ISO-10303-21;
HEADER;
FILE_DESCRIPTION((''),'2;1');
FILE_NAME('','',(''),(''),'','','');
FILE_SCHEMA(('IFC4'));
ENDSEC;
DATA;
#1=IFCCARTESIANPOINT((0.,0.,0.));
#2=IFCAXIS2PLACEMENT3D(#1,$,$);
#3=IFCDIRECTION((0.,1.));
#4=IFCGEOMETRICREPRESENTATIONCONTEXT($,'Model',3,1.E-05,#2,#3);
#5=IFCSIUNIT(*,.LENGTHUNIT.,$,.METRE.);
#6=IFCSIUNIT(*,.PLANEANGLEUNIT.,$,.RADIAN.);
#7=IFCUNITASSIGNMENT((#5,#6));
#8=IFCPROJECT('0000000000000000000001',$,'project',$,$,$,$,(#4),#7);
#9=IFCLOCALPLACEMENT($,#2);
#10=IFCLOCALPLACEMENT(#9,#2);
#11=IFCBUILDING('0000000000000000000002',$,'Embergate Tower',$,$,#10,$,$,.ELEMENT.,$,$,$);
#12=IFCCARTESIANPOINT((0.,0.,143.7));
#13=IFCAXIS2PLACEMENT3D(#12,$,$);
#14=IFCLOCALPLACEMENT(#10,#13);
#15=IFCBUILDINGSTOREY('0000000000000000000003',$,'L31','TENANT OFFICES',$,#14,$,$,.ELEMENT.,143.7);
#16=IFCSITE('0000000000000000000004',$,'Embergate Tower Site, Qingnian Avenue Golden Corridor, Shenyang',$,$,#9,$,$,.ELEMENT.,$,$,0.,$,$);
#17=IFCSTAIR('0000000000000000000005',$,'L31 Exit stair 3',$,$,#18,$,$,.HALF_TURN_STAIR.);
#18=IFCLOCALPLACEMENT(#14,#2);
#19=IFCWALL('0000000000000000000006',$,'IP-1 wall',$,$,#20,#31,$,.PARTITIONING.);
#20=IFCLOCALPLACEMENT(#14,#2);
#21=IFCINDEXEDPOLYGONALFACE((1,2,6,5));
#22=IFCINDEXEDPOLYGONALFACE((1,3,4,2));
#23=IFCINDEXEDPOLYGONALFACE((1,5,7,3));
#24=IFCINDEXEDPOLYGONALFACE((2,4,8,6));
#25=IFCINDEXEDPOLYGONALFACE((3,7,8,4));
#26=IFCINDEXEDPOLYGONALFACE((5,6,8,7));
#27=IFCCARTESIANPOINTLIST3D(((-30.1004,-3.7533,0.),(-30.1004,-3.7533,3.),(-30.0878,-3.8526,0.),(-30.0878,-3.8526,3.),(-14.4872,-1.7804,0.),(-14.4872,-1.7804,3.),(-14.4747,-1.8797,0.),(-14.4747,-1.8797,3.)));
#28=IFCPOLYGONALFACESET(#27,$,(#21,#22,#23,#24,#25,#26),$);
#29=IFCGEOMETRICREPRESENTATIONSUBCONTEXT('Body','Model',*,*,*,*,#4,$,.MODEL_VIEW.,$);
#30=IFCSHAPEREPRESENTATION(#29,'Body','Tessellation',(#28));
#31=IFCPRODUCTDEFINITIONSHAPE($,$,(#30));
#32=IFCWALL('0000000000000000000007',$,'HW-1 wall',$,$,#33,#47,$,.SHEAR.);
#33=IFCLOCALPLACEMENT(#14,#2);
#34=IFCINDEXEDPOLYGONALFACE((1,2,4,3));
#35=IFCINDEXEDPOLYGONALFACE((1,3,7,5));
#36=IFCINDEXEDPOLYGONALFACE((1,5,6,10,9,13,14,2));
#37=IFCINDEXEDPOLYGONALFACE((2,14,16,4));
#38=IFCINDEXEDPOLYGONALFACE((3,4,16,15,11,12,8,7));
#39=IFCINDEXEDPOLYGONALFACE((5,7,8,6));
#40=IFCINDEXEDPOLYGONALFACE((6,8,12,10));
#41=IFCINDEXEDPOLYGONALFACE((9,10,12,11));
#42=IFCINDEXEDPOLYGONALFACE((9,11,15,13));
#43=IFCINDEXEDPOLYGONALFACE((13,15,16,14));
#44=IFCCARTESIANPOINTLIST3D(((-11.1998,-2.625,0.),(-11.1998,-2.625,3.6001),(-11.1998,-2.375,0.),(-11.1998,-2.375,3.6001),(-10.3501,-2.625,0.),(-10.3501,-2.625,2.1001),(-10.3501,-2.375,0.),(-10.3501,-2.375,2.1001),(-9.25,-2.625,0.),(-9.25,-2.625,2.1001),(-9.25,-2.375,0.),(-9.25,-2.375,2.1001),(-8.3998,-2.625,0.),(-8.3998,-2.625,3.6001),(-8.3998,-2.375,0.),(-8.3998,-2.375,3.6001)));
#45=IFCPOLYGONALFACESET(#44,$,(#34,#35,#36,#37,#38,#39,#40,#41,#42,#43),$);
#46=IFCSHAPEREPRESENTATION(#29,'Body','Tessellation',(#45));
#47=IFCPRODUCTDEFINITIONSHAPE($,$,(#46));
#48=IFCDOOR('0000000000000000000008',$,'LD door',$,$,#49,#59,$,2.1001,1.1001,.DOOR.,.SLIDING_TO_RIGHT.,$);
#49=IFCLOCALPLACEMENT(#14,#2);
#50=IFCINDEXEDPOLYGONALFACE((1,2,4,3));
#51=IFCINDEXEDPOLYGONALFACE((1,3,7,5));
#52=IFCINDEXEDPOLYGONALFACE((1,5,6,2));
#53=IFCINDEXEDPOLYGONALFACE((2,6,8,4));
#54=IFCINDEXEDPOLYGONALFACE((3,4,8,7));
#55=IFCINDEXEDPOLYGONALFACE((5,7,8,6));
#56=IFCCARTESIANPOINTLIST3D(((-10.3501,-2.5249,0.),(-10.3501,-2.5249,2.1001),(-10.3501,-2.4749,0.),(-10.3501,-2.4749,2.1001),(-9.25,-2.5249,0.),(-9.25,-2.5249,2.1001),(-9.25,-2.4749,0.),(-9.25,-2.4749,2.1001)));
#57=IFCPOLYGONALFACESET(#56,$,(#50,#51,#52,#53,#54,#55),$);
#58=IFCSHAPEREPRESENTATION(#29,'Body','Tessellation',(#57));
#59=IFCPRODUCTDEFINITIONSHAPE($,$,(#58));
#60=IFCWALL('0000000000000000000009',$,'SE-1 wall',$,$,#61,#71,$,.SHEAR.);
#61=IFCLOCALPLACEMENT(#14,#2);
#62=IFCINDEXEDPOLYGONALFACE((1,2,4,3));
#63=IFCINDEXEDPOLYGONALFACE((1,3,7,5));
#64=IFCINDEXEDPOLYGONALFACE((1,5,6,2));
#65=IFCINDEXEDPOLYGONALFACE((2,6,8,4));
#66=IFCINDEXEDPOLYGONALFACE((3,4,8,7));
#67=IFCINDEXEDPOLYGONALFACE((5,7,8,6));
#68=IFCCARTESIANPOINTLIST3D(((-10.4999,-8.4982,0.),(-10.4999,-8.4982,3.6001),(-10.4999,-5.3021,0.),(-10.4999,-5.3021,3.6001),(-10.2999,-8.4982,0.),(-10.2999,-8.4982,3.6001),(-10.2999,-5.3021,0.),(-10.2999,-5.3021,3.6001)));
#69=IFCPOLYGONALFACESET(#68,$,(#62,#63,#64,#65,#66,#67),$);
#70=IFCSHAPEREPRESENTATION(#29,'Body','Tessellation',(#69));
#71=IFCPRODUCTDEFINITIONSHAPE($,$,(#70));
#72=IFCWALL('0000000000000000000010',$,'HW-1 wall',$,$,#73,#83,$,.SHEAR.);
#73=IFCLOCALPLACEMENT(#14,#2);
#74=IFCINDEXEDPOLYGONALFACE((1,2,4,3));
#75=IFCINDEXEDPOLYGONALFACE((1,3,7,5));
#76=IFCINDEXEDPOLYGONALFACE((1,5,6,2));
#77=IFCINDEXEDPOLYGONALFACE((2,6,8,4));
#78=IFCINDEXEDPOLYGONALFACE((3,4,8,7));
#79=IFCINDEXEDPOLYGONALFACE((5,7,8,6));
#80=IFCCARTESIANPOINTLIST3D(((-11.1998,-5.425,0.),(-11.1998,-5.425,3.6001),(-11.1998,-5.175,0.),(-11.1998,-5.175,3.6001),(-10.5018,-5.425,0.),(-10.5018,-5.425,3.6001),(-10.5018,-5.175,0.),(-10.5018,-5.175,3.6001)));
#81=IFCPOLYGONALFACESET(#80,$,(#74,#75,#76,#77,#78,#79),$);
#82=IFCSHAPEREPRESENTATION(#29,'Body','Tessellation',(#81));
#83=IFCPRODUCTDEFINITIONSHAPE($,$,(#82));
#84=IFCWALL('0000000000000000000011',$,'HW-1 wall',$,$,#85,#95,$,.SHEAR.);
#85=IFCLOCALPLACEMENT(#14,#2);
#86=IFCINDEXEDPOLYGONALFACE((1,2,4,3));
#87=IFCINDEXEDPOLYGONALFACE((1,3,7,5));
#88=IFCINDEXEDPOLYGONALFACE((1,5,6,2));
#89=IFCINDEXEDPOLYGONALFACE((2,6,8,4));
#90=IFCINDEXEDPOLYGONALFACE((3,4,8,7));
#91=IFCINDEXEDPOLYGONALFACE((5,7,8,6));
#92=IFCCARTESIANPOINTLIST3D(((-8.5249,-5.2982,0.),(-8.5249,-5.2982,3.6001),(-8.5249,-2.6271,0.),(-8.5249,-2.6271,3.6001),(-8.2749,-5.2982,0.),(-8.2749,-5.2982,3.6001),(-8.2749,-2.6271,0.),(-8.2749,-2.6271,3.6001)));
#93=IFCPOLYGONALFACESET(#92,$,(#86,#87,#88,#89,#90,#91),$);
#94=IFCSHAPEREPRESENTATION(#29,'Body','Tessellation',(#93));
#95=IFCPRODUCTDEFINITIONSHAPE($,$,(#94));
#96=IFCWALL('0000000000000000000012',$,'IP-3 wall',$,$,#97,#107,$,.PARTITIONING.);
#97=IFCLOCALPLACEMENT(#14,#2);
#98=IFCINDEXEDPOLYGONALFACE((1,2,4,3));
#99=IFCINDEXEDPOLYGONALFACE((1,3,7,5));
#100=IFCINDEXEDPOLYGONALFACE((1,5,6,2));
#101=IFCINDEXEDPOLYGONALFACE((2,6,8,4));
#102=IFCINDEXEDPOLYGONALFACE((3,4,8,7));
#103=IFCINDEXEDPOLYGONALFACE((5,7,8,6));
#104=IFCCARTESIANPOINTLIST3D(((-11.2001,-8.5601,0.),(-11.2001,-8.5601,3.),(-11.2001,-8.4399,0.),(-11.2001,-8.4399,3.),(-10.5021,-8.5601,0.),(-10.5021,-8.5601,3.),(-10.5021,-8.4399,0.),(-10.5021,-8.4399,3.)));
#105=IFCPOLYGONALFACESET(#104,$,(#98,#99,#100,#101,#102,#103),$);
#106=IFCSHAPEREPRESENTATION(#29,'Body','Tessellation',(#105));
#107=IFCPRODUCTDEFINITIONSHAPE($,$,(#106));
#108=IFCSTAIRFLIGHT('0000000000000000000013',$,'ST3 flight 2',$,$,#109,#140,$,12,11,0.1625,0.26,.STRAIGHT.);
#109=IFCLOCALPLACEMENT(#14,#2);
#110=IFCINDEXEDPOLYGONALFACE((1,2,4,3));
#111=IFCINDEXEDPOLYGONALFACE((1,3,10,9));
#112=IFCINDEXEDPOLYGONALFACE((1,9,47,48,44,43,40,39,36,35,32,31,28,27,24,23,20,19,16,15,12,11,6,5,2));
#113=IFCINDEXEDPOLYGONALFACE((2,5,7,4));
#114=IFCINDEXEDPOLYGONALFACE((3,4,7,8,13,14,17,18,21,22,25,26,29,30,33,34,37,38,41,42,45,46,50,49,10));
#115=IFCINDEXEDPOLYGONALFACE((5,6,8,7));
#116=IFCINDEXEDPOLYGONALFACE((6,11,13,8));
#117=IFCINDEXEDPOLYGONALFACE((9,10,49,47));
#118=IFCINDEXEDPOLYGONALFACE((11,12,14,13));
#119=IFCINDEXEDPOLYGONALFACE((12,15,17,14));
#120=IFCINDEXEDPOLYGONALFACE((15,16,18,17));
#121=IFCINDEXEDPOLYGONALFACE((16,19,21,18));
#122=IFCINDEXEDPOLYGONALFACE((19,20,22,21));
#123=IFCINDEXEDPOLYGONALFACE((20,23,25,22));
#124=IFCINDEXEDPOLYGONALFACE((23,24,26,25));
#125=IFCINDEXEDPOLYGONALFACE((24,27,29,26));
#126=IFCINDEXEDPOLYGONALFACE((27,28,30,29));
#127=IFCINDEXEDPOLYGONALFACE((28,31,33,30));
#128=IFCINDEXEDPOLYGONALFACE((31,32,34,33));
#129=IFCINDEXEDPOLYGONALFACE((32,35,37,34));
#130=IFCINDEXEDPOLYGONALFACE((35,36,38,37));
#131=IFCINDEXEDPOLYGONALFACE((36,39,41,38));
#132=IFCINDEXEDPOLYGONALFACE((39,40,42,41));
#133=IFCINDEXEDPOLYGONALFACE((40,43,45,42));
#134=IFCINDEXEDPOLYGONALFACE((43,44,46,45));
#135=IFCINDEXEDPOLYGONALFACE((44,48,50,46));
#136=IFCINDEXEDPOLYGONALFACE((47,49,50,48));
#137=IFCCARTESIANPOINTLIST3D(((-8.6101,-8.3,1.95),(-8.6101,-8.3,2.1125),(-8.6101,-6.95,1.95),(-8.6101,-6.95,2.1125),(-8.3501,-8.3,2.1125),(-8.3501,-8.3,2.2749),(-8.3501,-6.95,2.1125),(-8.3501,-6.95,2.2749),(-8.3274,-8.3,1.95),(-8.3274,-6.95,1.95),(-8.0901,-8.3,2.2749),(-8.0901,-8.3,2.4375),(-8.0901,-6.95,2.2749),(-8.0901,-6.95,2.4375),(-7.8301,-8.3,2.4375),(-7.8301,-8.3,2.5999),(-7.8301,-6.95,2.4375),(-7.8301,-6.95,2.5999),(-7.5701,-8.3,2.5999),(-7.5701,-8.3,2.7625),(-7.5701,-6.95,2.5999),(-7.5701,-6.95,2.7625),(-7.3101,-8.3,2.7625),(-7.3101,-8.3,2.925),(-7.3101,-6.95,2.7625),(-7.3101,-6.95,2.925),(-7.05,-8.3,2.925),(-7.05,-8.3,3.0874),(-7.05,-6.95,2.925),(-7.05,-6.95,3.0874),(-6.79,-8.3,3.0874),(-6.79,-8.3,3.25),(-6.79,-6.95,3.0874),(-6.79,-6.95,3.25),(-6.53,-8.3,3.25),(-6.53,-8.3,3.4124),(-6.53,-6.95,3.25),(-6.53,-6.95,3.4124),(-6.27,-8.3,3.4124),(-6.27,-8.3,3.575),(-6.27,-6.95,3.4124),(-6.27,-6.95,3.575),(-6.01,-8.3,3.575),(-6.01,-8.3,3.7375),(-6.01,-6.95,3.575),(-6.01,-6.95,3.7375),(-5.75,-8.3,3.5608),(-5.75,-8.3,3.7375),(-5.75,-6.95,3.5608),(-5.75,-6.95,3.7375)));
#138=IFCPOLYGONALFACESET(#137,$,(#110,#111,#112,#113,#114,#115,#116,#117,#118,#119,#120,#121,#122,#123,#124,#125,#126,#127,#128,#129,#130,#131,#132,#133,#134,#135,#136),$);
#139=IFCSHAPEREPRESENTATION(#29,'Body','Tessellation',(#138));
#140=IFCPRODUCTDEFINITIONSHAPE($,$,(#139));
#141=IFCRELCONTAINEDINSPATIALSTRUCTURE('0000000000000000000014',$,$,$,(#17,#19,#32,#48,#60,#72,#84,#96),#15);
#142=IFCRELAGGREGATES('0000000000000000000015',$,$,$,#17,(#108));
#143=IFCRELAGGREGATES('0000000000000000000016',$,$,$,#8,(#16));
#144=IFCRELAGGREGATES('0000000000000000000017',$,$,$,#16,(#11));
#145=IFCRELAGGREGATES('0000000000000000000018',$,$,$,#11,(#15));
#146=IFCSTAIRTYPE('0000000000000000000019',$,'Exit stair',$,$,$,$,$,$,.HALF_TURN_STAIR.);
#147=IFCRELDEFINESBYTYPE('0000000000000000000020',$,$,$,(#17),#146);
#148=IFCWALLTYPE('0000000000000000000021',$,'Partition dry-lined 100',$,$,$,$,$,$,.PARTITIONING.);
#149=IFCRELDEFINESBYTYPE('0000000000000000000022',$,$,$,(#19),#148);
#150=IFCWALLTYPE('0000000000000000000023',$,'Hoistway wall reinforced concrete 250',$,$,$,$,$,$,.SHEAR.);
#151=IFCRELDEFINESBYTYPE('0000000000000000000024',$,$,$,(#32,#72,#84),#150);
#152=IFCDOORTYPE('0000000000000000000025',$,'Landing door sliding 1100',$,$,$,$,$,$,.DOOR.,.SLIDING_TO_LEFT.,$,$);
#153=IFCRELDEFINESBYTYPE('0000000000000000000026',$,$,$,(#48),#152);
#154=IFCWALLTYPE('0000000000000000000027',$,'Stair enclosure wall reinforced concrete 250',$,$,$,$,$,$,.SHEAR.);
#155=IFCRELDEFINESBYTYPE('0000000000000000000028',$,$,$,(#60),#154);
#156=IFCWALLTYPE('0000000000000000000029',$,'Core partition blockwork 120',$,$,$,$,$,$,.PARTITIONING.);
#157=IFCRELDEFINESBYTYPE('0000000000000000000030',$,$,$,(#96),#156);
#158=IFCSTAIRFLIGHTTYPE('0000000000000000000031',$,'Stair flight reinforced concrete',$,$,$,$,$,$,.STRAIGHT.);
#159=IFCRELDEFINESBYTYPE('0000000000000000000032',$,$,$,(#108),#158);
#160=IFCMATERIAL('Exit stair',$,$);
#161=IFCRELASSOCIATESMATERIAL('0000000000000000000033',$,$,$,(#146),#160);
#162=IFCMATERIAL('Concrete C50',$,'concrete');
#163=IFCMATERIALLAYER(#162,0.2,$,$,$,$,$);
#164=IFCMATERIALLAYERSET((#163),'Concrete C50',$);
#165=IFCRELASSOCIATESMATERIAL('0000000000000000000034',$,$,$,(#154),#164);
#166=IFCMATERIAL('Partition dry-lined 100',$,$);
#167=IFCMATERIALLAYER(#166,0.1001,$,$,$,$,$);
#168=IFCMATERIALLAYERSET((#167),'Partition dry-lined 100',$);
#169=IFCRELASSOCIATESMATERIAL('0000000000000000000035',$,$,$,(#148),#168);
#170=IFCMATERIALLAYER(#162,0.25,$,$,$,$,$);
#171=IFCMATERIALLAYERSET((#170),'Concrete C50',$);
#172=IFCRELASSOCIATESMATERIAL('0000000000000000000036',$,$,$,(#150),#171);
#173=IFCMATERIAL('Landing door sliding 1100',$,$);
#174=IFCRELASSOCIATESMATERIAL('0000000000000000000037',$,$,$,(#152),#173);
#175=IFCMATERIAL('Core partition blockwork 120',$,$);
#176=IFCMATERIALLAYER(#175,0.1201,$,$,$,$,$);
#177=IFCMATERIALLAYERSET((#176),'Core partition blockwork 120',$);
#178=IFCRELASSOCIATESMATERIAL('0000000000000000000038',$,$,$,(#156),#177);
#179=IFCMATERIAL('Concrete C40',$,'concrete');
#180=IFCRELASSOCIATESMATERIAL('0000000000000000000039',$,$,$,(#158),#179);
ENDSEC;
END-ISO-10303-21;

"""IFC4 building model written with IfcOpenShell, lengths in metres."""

from ifc_helpers import new_model, si_unit, direction, frame, frame_2d, origin, place, context, subcontext, project, spatial, polyline, rectangle, outline, extrude, source, transform, mapped, material, layer, layer_set, type_object, element, fill, aggregate, save


model = new_model("IFC4")

# Units and contexts
model_context = context("Model", 3, precision=1e-05, world=origin(), true_north=direction((0.0, 1.0)))
body_context = subcontext(model_context, "Body", "Model", "MODEL_VIEW")
ifc_project = project(units=[si_unit("LENGTHUNIT", "METRE"), si_unit("PLANEANGLEUNIT", "RADIAN")], contexts=[model_context])

# Site, building, storey
site_placement = place(None, origin())
site = spatial("IfcSite", under=ifc_project, at=site_placement, Name="Embergate Tower Site, Qingnian Avenue Golden Corridor, Shenyang", CompositionType="ELEMENT", RefElevation=0.0)
building_placement = place(site_placement, origin())
building = spatial("IfcBuilding", under=site, at=building_placement, Name="Embergate Tower", CompositionType="ELEMENT")
storey_placement = place(building_placement, frame((0.0, 0.0, 143.7)))
storey = spatial("IfcBuildingStorey", under=building, at=storey_placement, Name="L31", Description="TENANT OFFICES", CompositionType="ELEMENT", Elevation=143.7)

# Stair
ifc_material_1 = material(Name="Exit stair")
stair_type = type_object("IfcStairType", Name="Exit stair", PredefinedType="HALF_TURN_STAIR", material=ifc_material_1)
stair_placement = place(storey_placement, origin())
stair = element("IfcStair", 1, at=stair_placement, inside=storey, type_object=stair_type, Name="L31 Exit stair 3", PredefinedType="HALF_TURN_STAIR")
ifc_material_2 = material(Name="Concrete C40", Category="concrete")

# Wall
ifc_material_3 = material(Name="Concrete C50", Category="concrete")
ifc_layer_1 = layer(ifc_material_3, 0.2)
ifc_layer_set_1 = layer_set([ifc_layer_1], Name="Concrete C50")
wall_type_1 = type_object("IfcWallType", Name="Stair enclosure wall reinforced concrete 250", PredefinedType="SHEAR", material=ifc_layer_set_1)
ifc_material_4 = material(Name="Partition dry-lined 100")
ifc_layer_2 = layer(ifc_material_4, 0.1001)
ifc_layer_set_2 = layer_set([ifc_layer_2], Name="Partition dry-lined 100")
wall_type_2 = type_object("IfcWallType", Name="Partition dry-lined 100", PredefinedType="PARTITIONING", material=ifc_layer_set_2)
shared_shape_1 = source(origin(), body_context, "Body", "SweptSolid", [
    extrude(rectangle(XDim=15.7373, YDim=0.1001, at=frame_2d((7.8687, 0.0))), origin(), (0.0, 0.0, 1.0), 3.0),
])
wall_1_placement = place(storey_placement, frame((-14.481, -1.8301, 0.0), z_axis=(0.0, 0.0, 1.0), x_axis=(-0.992111, -0.125365, 0.0)))
element("IfcWall", 2, at=wall_1_placement, inside=storey, type_object=wall_type_2, Name="IP-1 wall", PredefinedType="PARTITIONING", context=body_context, shape_type="MappedRepresentation", body=[
    mapped(shared_shape_1, transform((0.0, 0.0, 0.0))),
])

# Wall, opening, door
ifc_layer_3 = layer(ifc_material_3, 0.25)
ifc_layer_set_3 = layer_set([ifc_layer_3], Name="Concrete C50")
wall_type_3 = type_object("IfcWallType", Name="Hoistway wall reinforced concrete 250", PredefinedType="SHEAR", material=ifc_layer_set_3)
shared_shape_2 = source(origin(), body_context, "Body", "SweptSolid", [
    extrude(rectangle(XDim=2.8, YDim=0.25, at=frame_2d((1.3999, 0.0))), origin(), (0.0, 0.0, 1.0), 3.6001),
])
wall_2_placement = place(storey_placement, frame((-8.3999, -2.5, 0.0), z_axis=(0.0, 0.0, 1.0), x_axis=(-1.0, 0.0, 0.0)))
wall_2 = element("IfcWall", 3, at=wall_2_placement, inside=storey, type_object=wall_type_3, Name="HW-1 wall", PredefinedType="SHEAR", context=body_context, shape_type="MappedRepresentation", body=[
    mapped(shared_shape_2, transform((0.0, 0.0, 0.0))),
])
shared_shape_3 = source(origin(), body_context, "Body", "SweptSolid", [
    extrude(rectangle(XDim=1.1001, YDim=2.1001, at=frame_2d((0.55, 1.05))), frame((0.0, 0.135, 0.0), z_axis=(0.0, -1.0, 0.0), x_axis=(1.0, 0.0, 0.0)), (0.0, 0.0, 1.0), 0.27),
])
opening_placement = place(wall_2_placement, frame((0.8501, 0.0, 0.0)))
opening = element("IfcOpeningElement", 4, at=opening_placement, cuts=wall_2, PredefinedType="OPENING", context=body_context, shape_type="MappedRepresentation", body=[
    mapped(shared_shape_3, transform((0.0, 0.0, 0.0))),
])
ifc_material_5 = material(Name="Landing door sliding 1100")
door_type = type_object("IfcDoorType", Name="Landing door sliding 1100", OperationType="SLIDING_TO_LEFT", PredefinedType="DOOR", material=ifc_material_5)
shared_shape_4 = source(origin(), body_context, "Body", "SweptSolid", [
    extrude(rectangle(XDim=1.1001, YDim=2.1001, at=frame_2d((0.55, 1.05))), frame((0.0, 0.0249, 0.0), z_axis=(0.0, -1.0, 0.0), x_axis=(1.0, 0.0, 0.0)), (0.0, 0.0, 1.0), 0.05),
])
door_placement = place(opening_placement, origin())
door = element("IfcDoor", 5, at=door_placement, inside=storey, type_object=door_type, Name="LD door", OperationType="SLIDING_TO_RIGHT", OverallHeight=2.1001, OverallWidth=1.1001, PredefinedType="DOOR", context=body_context, shape_type="MappedRepresentation", body=[
    mapped(shared_shape_4, transform((0.0, 0.0, 0.0))),
])
fill(opening, door)

# Walls
shared_shape_5 = source(origin(), body_context, "Body", "SweptSolid", [
    extrude(rectangle(XDim=3.196, YDim=0.2, at=frame_2d((1.5981, 0.0))), origin(), (0.0, 0.0, 1.0), 3.6001),
])
wall_3_placement = place(storey_placement, frame((-10.3999, -5.302, 0.0), z_axis=(0.0, 0.0, 1.0), x_axis=(0.0, -1.0, 0.0)))
element("IfcWall", 6, at=wall_3_placement, inside=storey, type_object=wall_type_1, Name="SE-1 wall", PredefinedType="SHEAR", context=body_context, shape_type="MappedRepresentation", body=[
    mapped(shared_shape_5, transform((0.0, 0.0, 0.0))),
])
shared_shape_6 = source(origin(), body_context, "Body", "SweptSolid", [
    extrude(rectangle(XDim=0.698, YDim=0.25, at=frame_2d((0.3491, 0.0))), origin(), (0.0, 0.0, 1.0), 3.6001),
])
wall_4_placement = place(storey_placement, frame((-11.2, -5.3, 0.0), z_axis=(0.0, 0.0, 1.0), x_axis=(1.0, 0.0, 0.0)))
element("IfcWall", 7, at=wall_4_placement, inside=storey, type_object=wall_type_3, Name="HW-1 wall", PredefinedType="SHEAR", context=body_context, shape_type="MappedRepresentation", body=[
    mapped(shared_shape_6, transform((0.0, 0.0, 0.0))),
])
shared_shape_7 = source(origin(), body_context, "Body", "SweptSolid", [
    extrude(rectangle(XDim=2.6711, YDim=0.25, at=frame_2d((1.3354, 0.0))), origin(), (0.0, 0.0, 1.0), 3.6001),
])
wall_5_placement = place(storey_placement, frame((-8.3999, -5.2981, 0.0), z_axis=(0.0, 0.0, 1.0), x_axis=(0.0, 1.0, 0.0)))
element("IfcWall", 8, at=wall_5_placement, inside=storey, type_object=wall_type_3, Name="HW-1 wall", PredefinedType="SHEAR", context=body_context, shape_type="MappedRepresentation", body=[
    mapped(shared_shape_7, transform((0.0, 0.0, 0.0))),
])
ifc_material_6 = material(Name="Core partition blockwork 120")
ifc_layer_4 = layer(ifc_material_6, 0.1201)
ifc_layer_set_4 = layer_set([ifc_layer_4], Name="Core partition blockwork 120")
wall_type_4 = type_object("IfcWallType", Name="Core partition blockwork 120", PredefinedType="PARTITIONING", material=ifc_layer_set_4)
shared_shape_8 = source(origin(), body_context, "Body", "SweptSolid", [
    extrude(rectangle(XDim=0.698, YDim=0.1201, at=frame_2d((0.3491, 0.0))), origin(), (0.0, 0.0, 1.0), 3.0),
])
wall_6_placement = place(storey_placement, frame((-10.502, -8.5, 0.0), z_axis=(0.0, 0.0, 1.0), x_axis=(-1.0, 0.0, 0.0)))
element("IfcWall", 9, at=wall_6_placement, inside=storey, type_object=wall_type_4, Name="IP-3 wall", PredefinedType="PARTITIONING", context=body_context, shape_type="MappedRepresentation", body=[
    mapped(shared_shape_8, transform((0.0, 0.0, 0.0))),
])

# Stair flight
stair_flight_type = type_object("IfcStairFlightType", Name="Stair flight reinforced concrete", PredefinedType="STRAIGHT", material=ifc_material_2)
shared_shape_9 = source(origin(), body_context, "Body", "SweptSolid", [
    extrude(outline(polyline([(0.0, 0.0), (0.0, 0.1626), (0.26, 0.1626), (0.26, 0.325), (0.52, 0.325), (0.52, 0.4875), (0.78, 0.4875), (0.78, 0.6499), (1.04, 0.6499), (1.04, 0.8125), (1.3, 0.8125), (1.3, 0.9751), (1.5601, 0.9751), (1.5601, 1.1375), (1.8201, 1.1375), (1.8201, 1.3), (2.0801, 1.3), (2.0801, 1.4624), (2.3401, 1.4624), (2.3401, 1.625), (2.6001, 1.625), (2.6001, 1.7876), (2.8601, 1.7876), (2.8601, 1.95), (2.8601, 1.6108), (0.2827, 0.0), (0.0, 0.0)])), frame((0.0, 0.675, 0.0), z_axis=(0.0, -1.0, 0.0), x_axis=(1.0, 0.0, 0.0)), (0.0, 0.0, 1.0), 1.3501),
])
stair_flight_placement = place(storey_placement, frame((-8.6101, -7.625, 1.95), z_axis=(0.0, 0.0, 1.0), x_axis=(1.0, 0.0, 0.0)))
stair_flight = element("IfcStairFlight", 10, at=stair_flight_placement, type_object=stair_flight_type, Name="ST3 flight 2", NumberOfRisers=12, NumberOfTreads=11, PredefinedType="STRAIGHT", RiserHeight=0.1625, TreadLength=0.26, context=body_context, shape_type="MappedRepresentation", body=[
    mapped(shared_shape_9, transform((0.0, 0.0, 0.0))),
])
aggregate(stair, [stair_flight])

save(model, "model.ifc")
